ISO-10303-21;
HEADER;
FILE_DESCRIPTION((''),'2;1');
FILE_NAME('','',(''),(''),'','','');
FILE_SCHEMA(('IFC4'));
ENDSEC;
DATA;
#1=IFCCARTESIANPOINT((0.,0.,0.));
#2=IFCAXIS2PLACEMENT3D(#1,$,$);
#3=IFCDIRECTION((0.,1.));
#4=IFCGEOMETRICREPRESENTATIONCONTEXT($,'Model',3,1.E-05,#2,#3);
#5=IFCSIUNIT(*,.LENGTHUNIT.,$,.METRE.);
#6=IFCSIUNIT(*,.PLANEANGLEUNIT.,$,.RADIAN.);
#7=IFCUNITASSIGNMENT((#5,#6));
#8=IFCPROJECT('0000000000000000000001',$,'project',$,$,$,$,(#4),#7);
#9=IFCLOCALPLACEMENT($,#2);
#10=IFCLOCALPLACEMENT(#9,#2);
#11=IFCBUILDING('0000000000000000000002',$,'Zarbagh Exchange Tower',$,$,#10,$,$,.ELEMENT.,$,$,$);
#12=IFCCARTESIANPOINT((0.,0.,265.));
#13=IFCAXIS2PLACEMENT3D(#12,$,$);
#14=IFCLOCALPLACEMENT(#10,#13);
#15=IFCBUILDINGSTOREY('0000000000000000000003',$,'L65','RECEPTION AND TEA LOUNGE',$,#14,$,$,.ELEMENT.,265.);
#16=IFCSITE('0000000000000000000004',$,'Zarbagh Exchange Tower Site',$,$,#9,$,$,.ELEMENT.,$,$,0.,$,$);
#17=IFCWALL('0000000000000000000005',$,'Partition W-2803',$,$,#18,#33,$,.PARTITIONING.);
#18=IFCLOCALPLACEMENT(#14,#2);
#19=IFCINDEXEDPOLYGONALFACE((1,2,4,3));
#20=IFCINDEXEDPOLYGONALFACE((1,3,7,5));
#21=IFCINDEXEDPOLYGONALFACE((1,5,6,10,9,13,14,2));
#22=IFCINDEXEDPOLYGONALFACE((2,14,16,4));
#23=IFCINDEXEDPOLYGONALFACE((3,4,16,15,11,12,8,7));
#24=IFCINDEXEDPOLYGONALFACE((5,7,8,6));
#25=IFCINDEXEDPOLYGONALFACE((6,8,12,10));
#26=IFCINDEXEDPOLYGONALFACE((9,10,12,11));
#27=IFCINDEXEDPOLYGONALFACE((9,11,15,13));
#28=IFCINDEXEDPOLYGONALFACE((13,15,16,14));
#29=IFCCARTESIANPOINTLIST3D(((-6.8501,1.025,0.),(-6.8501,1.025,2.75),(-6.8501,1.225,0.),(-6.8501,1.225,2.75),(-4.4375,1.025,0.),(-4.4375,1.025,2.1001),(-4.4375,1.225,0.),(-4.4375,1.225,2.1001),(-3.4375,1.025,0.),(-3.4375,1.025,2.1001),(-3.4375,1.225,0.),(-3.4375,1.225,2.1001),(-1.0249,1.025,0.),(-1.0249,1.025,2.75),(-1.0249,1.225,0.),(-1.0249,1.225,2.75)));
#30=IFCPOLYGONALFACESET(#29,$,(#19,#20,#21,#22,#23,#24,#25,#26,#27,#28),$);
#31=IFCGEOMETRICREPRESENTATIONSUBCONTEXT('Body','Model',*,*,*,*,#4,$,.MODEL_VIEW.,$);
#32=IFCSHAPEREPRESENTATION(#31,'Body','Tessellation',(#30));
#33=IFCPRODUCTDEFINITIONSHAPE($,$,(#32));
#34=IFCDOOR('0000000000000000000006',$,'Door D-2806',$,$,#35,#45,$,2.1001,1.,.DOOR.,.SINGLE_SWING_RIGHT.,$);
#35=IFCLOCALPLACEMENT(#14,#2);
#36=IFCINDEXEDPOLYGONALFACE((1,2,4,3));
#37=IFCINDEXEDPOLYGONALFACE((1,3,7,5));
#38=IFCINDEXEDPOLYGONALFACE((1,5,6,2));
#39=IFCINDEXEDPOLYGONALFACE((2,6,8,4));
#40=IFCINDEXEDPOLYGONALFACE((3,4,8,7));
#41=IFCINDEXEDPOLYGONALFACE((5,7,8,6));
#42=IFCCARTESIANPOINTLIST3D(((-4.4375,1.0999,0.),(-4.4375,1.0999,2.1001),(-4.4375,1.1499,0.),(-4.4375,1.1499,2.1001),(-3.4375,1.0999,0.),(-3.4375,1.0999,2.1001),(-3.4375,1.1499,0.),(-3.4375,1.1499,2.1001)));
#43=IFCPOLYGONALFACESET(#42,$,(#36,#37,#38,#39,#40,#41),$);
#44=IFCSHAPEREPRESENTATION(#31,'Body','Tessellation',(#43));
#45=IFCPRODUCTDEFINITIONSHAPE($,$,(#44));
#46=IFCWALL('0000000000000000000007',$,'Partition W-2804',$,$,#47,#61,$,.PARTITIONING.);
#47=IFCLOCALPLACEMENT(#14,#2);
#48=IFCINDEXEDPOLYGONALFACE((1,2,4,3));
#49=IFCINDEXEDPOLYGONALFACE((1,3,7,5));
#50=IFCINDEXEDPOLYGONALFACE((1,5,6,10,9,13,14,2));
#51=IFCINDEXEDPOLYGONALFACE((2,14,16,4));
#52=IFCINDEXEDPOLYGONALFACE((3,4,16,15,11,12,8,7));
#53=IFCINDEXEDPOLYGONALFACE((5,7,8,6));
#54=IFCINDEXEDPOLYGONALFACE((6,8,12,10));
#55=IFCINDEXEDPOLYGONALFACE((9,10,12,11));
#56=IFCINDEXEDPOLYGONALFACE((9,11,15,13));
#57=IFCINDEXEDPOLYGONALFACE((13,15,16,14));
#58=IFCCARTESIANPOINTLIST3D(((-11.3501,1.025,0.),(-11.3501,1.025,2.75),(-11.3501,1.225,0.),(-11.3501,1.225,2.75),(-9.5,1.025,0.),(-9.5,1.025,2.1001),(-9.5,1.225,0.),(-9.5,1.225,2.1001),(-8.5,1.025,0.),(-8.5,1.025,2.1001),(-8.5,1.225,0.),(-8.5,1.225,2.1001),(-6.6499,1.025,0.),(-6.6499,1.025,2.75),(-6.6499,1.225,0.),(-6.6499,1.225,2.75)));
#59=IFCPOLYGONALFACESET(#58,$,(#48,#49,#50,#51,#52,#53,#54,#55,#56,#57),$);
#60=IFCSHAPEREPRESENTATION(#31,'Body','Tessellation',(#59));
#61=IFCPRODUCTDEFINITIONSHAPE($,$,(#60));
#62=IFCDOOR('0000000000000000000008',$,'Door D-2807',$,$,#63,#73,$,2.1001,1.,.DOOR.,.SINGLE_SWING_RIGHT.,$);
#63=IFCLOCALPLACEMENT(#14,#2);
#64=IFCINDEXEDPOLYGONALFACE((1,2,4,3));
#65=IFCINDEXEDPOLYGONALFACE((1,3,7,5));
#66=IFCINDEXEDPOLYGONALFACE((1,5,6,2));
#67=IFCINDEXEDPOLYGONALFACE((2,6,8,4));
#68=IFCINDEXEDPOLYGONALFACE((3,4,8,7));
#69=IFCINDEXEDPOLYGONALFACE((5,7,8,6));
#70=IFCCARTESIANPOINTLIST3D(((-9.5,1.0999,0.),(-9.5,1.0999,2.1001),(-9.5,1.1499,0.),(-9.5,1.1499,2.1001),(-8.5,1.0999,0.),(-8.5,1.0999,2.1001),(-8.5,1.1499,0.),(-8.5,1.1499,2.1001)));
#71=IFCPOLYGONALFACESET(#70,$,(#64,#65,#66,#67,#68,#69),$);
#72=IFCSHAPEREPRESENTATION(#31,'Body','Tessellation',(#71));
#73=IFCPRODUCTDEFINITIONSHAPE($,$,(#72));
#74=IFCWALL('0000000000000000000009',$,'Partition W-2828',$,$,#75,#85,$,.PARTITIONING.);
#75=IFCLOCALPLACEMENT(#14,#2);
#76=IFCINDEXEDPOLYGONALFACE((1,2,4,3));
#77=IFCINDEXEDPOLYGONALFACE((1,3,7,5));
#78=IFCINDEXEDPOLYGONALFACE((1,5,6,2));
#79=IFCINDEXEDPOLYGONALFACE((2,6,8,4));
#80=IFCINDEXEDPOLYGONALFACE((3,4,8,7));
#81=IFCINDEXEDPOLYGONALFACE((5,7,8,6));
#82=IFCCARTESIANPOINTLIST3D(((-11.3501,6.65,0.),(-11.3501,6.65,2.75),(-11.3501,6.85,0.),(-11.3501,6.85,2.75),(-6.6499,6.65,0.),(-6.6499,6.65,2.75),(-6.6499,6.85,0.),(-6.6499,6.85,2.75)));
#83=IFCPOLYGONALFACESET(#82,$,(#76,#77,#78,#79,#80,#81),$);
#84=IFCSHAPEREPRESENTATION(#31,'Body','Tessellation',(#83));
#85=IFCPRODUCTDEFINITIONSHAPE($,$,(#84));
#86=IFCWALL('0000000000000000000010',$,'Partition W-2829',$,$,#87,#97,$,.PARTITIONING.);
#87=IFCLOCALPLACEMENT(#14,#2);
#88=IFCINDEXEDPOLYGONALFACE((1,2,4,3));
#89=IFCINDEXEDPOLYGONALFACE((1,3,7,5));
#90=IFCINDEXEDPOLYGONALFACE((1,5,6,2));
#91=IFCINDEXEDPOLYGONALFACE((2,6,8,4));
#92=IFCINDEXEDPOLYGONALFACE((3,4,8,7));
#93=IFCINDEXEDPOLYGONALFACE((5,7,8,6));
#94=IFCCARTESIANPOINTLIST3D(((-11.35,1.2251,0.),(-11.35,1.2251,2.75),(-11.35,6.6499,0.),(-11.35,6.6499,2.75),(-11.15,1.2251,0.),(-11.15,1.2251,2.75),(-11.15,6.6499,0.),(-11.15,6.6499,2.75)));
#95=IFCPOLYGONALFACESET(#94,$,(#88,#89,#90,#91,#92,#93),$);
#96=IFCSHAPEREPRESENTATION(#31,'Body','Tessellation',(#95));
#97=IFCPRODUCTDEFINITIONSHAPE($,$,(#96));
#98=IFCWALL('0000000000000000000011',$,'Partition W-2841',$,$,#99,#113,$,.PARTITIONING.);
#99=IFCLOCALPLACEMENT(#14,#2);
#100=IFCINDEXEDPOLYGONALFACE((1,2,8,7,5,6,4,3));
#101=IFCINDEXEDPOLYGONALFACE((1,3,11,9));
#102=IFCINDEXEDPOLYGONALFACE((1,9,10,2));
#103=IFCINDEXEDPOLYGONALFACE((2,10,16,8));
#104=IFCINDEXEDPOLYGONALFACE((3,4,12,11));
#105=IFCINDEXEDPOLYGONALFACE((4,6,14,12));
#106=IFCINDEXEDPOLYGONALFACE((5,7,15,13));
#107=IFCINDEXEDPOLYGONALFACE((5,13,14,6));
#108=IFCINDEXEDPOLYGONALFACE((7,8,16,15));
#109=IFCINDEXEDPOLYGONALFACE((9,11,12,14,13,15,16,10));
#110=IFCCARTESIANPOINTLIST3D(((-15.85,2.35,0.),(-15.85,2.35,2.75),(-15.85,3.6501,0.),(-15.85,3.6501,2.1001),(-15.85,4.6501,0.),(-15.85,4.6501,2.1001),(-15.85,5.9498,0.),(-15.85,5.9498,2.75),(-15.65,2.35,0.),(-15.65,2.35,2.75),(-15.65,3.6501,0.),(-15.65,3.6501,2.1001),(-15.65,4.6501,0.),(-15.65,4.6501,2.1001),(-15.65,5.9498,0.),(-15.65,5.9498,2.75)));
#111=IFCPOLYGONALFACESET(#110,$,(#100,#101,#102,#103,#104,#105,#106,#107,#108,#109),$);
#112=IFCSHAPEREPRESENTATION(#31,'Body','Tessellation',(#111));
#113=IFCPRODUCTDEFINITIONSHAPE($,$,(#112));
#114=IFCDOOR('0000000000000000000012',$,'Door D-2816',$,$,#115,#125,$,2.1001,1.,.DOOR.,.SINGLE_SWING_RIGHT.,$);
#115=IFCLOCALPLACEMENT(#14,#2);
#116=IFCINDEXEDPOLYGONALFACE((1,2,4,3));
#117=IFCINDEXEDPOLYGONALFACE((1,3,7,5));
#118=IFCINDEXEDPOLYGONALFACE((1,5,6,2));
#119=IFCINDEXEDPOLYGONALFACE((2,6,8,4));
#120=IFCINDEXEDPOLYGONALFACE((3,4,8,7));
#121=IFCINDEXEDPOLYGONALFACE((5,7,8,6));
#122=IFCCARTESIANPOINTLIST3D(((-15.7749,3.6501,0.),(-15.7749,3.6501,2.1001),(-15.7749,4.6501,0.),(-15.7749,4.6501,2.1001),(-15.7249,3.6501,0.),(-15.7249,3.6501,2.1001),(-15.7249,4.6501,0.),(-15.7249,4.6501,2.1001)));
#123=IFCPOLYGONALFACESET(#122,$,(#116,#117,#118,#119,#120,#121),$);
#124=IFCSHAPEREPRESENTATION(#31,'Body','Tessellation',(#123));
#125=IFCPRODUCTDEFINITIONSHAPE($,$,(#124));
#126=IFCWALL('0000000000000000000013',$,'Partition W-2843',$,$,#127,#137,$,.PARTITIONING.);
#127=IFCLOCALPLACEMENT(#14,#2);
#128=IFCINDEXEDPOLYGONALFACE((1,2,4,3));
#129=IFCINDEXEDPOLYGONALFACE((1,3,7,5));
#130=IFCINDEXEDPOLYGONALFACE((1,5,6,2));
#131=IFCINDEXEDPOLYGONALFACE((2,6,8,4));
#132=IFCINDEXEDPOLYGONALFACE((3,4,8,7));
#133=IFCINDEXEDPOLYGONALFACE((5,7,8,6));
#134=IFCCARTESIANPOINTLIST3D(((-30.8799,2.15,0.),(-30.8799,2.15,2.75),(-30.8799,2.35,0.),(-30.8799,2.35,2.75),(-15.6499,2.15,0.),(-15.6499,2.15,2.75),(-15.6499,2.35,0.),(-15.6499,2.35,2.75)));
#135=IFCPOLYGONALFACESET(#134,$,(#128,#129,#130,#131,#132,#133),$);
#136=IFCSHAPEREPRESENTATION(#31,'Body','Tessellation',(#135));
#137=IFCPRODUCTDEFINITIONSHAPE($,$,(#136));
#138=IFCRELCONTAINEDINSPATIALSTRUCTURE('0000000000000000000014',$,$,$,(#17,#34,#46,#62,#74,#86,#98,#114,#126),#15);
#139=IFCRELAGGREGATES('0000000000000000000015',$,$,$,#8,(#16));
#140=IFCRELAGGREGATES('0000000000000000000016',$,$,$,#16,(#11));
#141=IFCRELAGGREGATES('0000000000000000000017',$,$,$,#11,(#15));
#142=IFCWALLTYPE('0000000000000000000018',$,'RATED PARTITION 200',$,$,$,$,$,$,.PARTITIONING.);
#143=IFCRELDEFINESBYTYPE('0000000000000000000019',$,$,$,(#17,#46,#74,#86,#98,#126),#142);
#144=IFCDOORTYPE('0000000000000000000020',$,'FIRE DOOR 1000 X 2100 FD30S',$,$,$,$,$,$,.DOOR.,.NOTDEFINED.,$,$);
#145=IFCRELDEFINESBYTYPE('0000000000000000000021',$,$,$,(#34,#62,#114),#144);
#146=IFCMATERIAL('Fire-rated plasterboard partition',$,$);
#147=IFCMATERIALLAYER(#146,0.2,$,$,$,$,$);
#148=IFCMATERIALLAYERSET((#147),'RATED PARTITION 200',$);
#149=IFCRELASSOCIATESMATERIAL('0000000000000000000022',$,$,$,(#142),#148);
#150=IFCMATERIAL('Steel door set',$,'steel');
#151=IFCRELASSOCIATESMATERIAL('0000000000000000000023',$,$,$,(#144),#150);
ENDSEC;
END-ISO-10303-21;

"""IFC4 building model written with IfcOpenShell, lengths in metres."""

from ifc_helpers import new_model, si_unit, direction, frame, frame_2d, origin, place, context, subcontext, project, spatial, rectangle, extrude, material, layer, layer_set, type_object, element, fill, save


model = new_model("IFC4")

# Units and contexts
model_context = context("Model", 3, precision=1e-05, world=origin(), true_north=direction((0.0, 1.0)))
body_context = subcontext(model_context, "Body", "Model", "MODEL_VIEW")
ifc_project = project(units=[si_unit("LENGTHUNIT", "METRE"), si_unit("PLANEANGLEUNIT", "RADIAN")], contexts=[model_context])

# Site, building, storey
site_placement = place(None, origin())
site = spatial("IfcSite", under=ifc_project, at=site_placement, Name="Zarbagh Exchange Tower Site", CompositionType="ELEMENT", RefElevation=0.0)
building_placement = place(site_placement, origin())
building = spatial("IfcBuilding", under=site, at=building_placement, Name="Zarbagh Exchange Tower", CompositionType="ELEMENT")
storey_placement = place(building_placement, frame((0.0, 0.0, 265.0)))
storey = spatial("IfcBuildingStorey", under=building, at=storey_placement, Name="L65", Description="RECEPTION AND TEA LOUNGE", CompositionType="ELEMENT", Elevation=265.0)

# Walls, openings, doors
ifc_material_1 = material(Name="Fire-rated plasterboard partition")
ifc_layer = layer(ifc_material_1, 0.2)
ifc_layer_set = layer_set([ifc_layer], Name="RATED PARTITION 200")
wall_type = type_object("IfcWallType", Name="RATED PARTITION 200", PredefinedType="PARTITIONING", material=ifc_layer_set)
wall_1_placement = place(storey_placement, frame((-6.8501, 1.125, 0.0), z_axis=(0.0, 0.0, 1.0), x_axis=(1.0, 0.0, 0.0)))
wall_1 = element("IfcWall", 1, at=wall_1_placement, inside=storey, type_object=wall_type, Name="Partition W-2803", PredefinedType="PARTITIONING", context=body_context, shape_type="SweptSolid", body=[
    extrude(rectangle(XDim=5.8252, YDim=0.2, at=frame_2d((2.9126, 0.0))), origin(), (0.0, 0.0, 1.0), 2.75),
])
opening_1_placement = place(wall_1_placement, frame((2.4126, 0.0, 0.0)))
opening_1 = element("IfcOpeningElement", 2, at=opening_1_placement, cuts=wall_1, PredefinedType="OPENING", context=body_context, shape_type="SweptSolid", body=[
    extrude(rectangle(XDim=1.0, YDim=2.1001, at=frame_2d((0.5, 1.05))), frame((0.0, 0.1099, 0.0), z_axis=(0.0, -1.0, 0.0), x_axis=(1.0, 0.0, 0.0)), (0.0, 0.0, 1.0), 0.22),
])
ifc_material_2 = material(Name="Steel door set", Category="steel")
door_type = type_object("IfcDoorType", Name="FIRE DOOR 1000 X 2100 FD30S", OperationType="NOTDEFINED", PredefinedType="DOOR", material=ifc_material_2)
door_1_placement = place(opening_1_placement, origin())
door_1 = element("IfcDoor", 3, at=door_1_placement, inside=storey, type_object=door_type, Name="Door D-2806", OperationType="SINGLE_SWING_RIGHT", OverallHeight=2.1001, OverallWidth=1.0, PredefinedType="DOOR", context=body_context, shape_type="SweptSolid", body=[
    extrude(rectangle(XDim=1.0, YDim=2.1001, at=frame_2d((0.5, 1.05))), frame((0.0, 0.0249, 0.0), z_axis=(0.0, -1.0, 0.0), x_axis=(1.0, 0.0, 0.0)), (0.0, 0.0, 1.0), 0.05),
])
fill(opening_1, door_1)
wall_2_placement = place(storey_placement, frame((-11.3501, 1.125, 0.0), z_axis=(0.0, 0.0, 1.0), x_axis=(1.0, 0.0, 0.0)))
wall_2 = element("IfcWall", 4, at=wall_2_placement, inside=storey, type_object=wall_type, Name="Partition W-2804", PredefinedType="PARTITIONING", context=body_context, shape_type="SweptSolid", body=[
    extrude(rectangle(XDim=4.7002, YDim=0.2, at=frame_2d((2.3501, 0.0))), origin(), (0.0, 0.0, 1.0), 2.75),
])
opening_2_placement = place(wall_2_placement, frame((1.8501, 0.0, 0.0)))
opening_2 = element("IfcOpeningElement", 5, at=opening_2_placement, cuts=wall_2, PredefinedType="OPENING", context=body_context, shape_type="SweptSolid", body=[
    extrude(rectangle(XDim=1.0, YDim=2.1001, at=frame_2d((0.5, 1.05))), frame((0.0, 0.1099, 0.0), z_axis=(0.0, -1.0, 0.0), x_axis=(1.0, 0.0, 0.0)), (0.0, 0.0, 1.0), 0.22),
])
door_2_placement = place(opening_2_placement, origin())
door_2 = element("IfcDoor", 6, at=door_2_placement, inside=storey, type_object=door_type, Name="Door D-2807", OperationType="SINGLE_SWING_RIGHT", OverallHeight=2.1001, OverallWidth=1.0, PredefinedType="DOOR", context=body_context, shape_type="SweptSolid", body=[
    extrude(rectangle(XDim=1.0, YDim=2.1001, at=frame_2d((0.5, 1.05))), frame((0.0, 0.0249, 0.0), z_axis=(0.0, -1.0, 0.0), x_axis=(1.0, 0.0, 0.0)), (0.0, 0.0, 1.0), 0.05),
])
fill(opening_2, door_2)

# Walls
wall_3_placement = place(storey_placement, frame((-11.3501, 6.75, 0.0), z_axis=(0.0, 0.0, 1.0), x_axis=(1.0, 0.0, 0.0)))
element("IfcWall", 7, at=wall_3_placement, inside=storey, type_object=wall_type, Name="Partition W-2828", PredefinedType="PARTITIONING", context=body_context, shape_type="SweptSolid", body=[
    extrude(rectangle(XDim=4.7002, YDim=0.2, at=frame_2d((2.3501, 0.0))), origin(), (0.0, 0.0, 1.0), 2.75),
])
wall_4_placement = place(storey_placement, frame((-11.25, 1.2251, 0.0), z_axis=(0.0, 0.0, 1.0), x_axis=(0.0, 1.0, 0.0)))
element("IfcWall", 8, at=wall_4_placement, inside=storey, type_object=wall_type, Name="Partition W-2829", PredefinedType="PARTITIONING", context=body_context, shape_type="SweptSolid", body=[
    extrude(rectangle(XDim=5.4248, YDim=0.2, at=frame_2d((2.7124, 0.0))), origin(), (0.0, 0.0, 1.0), 2.75),
])

# Wall, opening, door
wall_5_placement = place(storey_placement, frame((-15.75, 2.3501, 0.0), z_axis=(0.0, 0.0, 1.0), x_axis=(0.0, 1.0, 0.0)))
wall_5 = element("IfcWall", 9, at=wall_5_placement, inside=storey, type_object=wall_type, Name="Partition W-2841", PredefinedType="PARTITIONING", context=body_context, shape_type="SweptSolid", body=[
    extrude(rectangle(XDim=3.5999, YDim=0.2, at=frame_2d((1.7998, 0.0))), origin(), (0.0, 0.0, 1.0), 2.75),
])
opening_3_placement = place(wall_5_placement, frame((1.3, 0.0, 0.0)))
opening_3 = element("IfcOpeningElement", 10, at=opening_3_placement, cuts=wall_5, PredefinedType="OPENING", context=body_context, shape_type="SweptSolid", body=[
    extrude(rectangle(XDim=1.0, YDim=2.1001, at=frame_2d((0.5, 1.05))), frame((0.0, 0.1099, 0.0), z_axis=(0.0, -1.0, 0.0), x_axis=(1.0, 0.0, 0.0)), (0.0, 0.0, 1.0), 0.22),
])
door_3_placement = place(opening_3_placement, origin())
door_3 = element("IfcDoor", 11, at=door_3_placement, inside=storey, type_object=door_type, Name="Door D-2816", OperationType="SINGLE_SWING_RIGHT", OverallHeight=2.1001, OverallWidth=1.0, PredefinedType="DOOR", context=body_context, shape_type="SweptSolid", body=[
    extrude(rectangle(XDim=1.0, YDim=2.1001, at=frame_2d((0.5, 1.05))), frame((0.0, 0.0249, 0.0), z_axis=(0.0, -1.0, 0.0), x_axis=(1.0, 0.0, 0.0)), (0.0, 0.0, 1.0), 0.05),
])
fill(opening_3, door_3)

# Wall
wall_6_placement = place(storey_placement, frame((-30.8799, 2.25, 0.0), z_axis=(0.0, 0.0, 1.0), x_axis=(1.0, 0.0, 0.0)))
element("IfcWall", 12, at=wall_6_placement, inside=storey, type_object=wall_type, Name="Partition W-2843", PredefinedType="PARTITIONING", context=body_context, shape_type="SweptSolid", body=[
    extrude(rectangle(XDim=15.23, YDim=0.2, at=frame_2d((7.615, 0.0))), origin(), (0.0, 0.0, 1.0), 2.75),
])

save(model, "model.ifc")
